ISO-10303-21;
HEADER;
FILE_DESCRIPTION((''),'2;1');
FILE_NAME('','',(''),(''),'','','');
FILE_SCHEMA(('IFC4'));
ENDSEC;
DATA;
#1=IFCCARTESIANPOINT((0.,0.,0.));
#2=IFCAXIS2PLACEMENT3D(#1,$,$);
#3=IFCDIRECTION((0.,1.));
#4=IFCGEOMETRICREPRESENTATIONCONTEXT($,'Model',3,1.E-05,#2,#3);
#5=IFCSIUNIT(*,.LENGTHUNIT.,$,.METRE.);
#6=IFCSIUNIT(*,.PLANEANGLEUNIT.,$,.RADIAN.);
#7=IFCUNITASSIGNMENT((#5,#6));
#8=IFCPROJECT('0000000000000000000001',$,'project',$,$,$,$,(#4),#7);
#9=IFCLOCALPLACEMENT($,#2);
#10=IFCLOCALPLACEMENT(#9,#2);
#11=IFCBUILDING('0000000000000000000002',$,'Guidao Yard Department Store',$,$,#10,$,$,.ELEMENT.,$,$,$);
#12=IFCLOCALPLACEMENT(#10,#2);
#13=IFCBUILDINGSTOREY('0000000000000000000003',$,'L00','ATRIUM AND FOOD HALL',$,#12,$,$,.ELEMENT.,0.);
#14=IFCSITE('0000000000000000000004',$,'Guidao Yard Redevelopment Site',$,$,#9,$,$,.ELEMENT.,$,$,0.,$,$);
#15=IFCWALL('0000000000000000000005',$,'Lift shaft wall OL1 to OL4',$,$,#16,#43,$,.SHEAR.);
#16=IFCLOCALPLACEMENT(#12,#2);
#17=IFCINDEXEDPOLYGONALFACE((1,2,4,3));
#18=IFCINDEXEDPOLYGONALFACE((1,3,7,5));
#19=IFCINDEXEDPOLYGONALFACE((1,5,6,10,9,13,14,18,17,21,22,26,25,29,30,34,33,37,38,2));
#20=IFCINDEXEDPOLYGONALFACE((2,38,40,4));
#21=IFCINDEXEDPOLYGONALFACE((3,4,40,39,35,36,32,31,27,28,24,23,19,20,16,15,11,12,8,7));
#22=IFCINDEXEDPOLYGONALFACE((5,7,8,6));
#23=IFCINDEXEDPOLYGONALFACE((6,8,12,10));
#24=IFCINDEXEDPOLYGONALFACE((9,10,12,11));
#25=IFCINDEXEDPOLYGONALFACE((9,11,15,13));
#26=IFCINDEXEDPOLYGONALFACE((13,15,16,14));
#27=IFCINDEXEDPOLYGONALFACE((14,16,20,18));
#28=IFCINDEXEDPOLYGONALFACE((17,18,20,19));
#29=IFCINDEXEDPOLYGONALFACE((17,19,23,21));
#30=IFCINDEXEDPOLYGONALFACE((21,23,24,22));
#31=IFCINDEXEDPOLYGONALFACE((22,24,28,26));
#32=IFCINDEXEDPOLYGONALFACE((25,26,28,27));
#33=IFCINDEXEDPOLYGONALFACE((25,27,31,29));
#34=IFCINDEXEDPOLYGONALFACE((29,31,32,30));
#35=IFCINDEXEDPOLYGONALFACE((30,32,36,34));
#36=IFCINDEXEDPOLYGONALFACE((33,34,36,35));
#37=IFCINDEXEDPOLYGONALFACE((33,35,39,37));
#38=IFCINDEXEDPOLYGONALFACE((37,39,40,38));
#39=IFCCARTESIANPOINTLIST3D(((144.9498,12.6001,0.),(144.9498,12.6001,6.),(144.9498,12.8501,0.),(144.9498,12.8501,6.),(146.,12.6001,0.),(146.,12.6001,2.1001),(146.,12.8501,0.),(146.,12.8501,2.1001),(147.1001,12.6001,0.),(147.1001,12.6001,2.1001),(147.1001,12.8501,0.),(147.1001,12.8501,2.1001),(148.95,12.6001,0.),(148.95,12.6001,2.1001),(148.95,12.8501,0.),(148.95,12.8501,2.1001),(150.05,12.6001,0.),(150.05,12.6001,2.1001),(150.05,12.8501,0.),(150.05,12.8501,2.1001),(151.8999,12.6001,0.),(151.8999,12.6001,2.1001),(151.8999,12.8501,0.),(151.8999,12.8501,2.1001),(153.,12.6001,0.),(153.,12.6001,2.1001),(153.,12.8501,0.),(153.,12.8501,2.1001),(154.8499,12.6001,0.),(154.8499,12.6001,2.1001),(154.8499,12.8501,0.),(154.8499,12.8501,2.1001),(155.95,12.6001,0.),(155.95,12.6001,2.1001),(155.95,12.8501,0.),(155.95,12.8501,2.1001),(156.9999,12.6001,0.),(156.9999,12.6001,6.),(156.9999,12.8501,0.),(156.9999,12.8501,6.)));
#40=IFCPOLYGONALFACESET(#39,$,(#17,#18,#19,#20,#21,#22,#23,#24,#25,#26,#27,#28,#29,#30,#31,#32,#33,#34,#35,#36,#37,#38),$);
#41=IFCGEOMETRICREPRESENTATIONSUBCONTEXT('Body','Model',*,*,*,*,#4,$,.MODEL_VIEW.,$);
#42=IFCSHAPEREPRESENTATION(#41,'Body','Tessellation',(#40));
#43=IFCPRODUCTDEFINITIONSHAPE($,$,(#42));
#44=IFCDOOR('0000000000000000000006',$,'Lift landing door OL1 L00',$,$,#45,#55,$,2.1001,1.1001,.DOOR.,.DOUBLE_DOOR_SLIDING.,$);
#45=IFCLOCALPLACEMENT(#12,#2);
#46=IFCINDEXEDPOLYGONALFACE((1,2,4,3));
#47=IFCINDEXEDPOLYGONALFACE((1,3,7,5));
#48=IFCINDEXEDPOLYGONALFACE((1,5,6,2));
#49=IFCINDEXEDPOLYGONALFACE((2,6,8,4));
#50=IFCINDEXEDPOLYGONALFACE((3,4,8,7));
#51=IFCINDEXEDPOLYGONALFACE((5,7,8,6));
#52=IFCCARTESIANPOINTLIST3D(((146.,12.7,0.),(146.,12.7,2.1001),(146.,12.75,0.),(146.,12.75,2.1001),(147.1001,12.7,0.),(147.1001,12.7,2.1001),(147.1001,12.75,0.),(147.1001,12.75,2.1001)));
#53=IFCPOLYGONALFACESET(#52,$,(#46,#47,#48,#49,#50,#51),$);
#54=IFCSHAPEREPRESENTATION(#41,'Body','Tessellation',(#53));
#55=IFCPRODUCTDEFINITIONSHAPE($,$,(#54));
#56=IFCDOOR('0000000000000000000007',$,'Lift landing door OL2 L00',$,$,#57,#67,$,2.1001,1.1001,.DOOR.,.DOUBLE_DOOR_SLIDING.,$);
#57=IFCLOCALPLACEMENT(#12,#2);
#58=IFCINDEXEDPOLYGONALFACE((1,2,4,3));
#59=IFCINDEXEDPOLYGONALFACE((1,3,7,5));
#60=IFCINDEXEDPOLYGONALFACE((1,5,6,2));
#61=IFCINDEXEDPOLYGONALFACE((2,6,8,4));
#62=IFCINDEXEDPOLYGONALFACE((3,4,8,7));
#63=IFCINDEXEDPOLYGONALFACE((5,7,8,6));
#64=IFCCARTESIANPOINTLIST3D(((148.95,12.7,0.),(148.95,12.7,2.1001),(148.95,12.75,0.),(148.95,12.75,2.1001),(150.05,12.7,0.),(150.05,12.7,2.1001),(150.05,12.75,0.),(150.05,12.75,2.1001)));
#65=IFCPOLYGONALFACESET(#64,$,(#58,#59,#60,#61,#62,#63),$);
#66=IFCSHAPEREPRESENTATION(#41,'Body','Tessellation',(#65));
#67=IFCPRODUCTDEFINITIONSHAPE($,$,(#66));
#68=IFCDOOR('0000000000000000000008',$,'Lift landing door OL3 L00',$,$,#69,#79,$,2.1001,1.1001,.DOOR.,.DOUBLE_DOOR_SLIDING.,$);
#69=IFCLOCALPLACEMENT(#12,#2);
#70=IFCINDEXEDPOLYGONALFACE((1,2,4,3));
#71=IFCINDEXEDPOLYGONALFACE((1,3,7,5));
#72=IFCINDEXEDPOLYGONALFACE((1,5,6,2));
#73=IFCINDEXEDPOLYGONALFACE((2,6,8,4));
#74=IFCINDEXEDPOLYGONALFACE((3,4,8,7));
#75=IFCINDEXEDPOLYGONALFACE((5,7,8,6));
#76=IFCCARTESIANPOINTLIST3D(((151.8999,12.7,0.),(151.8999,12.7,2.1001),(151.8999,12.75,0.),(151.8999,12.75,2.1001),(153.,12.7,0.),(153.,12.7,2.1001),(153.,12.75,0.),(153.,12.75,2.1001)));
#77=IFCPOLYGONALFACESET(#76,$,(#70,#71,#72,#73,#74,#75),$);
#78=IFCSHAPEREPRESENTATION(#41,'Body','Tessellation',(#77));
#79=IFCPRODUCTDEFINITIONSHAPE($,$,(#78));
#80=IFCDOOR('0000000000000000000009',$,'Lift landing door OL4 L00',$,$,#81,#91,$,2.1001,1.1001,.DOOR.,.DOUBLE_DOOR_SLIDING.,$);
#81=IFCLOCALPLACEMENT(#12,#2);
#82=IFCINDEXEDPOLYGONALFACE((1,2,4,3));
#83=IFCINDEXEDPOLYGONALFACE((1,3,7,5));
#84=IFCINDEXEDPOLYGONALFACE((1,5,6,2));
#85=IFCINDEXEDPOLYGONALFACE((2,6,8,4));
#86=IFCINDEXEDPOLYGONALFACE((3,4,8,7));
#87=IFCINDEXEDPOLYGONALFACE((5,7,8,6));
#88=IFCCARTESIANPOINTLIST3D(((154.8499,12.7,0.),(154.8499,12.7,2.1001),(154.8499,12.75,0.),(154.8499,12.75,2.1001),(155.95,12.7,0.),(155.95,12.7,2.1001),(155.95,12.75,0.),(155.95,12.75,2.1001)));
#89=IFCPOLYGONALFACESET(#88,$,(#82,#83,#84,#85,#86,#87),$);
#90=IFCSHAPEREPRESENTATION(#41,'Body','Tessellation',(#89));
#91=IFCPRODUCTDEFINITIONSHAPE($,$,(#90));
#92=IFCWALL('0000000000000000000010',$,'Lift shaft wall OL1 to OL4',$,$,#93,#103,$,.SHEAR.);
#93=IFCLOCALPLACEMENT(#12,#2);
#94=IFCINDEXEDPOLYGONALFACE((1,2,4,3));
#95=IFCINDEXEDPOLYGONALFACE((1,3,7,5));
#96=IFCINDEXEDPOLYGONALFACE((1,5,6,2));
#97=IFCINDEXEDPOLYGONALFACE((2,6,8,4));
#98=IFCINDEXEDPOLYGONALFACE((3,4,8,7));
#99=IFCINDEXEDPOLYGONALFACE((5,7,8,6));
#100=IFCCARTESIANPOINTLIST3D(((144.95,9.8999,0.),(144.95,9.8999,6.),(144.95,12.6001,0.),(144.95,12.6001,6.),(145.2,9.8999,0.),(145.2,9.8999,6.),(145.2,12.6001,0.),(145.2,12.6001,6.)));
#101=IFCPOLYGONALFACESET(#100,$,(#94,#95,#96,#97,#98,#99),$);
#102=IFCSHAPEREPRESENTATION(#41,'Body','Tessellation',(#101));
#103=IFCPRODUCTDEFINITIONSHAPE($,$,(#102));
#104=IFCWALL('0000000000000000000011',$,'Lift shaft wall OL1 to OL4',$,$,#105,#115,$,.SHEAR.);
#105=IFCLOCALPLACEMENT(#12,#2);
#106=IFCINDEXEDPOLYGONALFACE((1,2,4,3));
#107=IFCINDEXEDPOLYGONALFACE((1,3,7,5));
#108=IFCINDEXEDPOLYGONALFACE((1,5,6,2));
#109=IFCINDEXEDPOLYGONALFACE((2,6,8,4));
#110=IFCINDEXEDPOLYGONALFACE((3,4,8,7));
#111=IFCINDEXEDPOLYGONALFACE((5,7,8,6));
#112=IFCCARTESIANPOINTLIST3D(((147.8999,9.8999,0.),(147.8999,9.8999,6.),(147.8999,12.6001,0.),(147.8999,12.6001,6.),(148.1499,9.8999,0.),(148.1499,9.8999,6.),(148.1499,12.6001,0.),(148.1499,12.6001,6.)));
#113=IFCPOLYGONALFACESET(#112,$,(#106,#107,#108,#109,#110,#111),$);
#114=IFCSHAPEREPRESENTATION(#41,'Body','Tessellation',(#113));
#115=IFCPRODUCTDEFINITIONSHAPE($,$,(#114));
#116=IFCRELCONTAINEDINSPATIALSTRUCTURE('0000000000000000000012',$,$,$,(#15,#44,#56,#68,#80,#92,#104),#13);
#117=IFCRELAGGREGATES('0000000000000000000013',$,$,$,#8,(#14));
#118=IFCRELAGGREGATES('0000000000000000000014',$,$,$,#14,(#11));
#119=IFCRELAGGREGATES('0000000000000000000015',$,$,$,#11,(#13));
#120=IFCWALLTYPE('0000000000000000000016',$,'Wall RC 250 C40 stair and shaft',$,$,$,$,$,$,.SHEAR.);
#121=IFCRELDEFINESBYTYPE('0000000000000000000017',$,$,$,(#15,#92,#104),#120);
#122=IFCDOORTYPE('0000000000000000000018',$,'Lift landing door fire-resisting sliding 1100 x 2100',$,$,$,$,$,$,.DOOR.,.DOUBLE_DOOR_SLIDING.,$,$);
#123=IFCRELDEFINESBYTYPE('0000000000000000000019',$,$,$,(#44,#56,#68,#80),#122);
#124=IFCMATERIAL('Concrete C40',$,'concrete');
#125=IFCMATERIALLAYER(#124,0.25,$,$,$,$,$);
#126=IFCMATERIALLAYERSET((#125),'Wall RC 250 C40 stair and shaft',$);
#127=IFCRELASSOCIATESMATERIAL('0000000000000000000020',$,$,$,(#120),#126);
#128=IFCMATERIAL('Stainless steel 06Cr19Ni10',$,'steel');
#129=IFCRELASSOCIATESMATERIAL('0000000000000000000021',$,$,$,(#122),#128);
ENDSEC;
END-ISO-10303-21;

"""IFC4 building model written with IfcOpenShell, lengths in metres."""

from ifc_helpers import new_model, si_unit, direction, frame, frame_2d, origin, place, context, subcontext, project, spatial, rectangle, extrude, material, layer, layer_set, type_object, element, fill, save


model = new_model("IFC4")

# Units and contexts
model_context = context("Model", 3, precision=1e-05, world=origin(), true_north=direction((0.0, 1.0)))
body_context = subcontext(model_context, "Body", "Model", "MODEL_VIEW")
ifc_project = project(units=[si_unit("LENGTHUNIT", "METRE"), si_unit("PLANEANGLEUNIT", "RADIAN")], contexts=[model_context])

# Site, building, storey
site_placement = place(None, origin())
site = spatial("IfcSite", under=ifc_project, at=site_placement, Name="Guidao Yard Redevelopment Site", CompositionType="ELEMENT", RefElevation=0.0)
building_placement = place(site_placement, origin())
building = spatial("IfcBuilding", under=site, at=building_placement, Name="Guidao Yard Department Store", CompositionType="ELEMENT")
storey_placement = place(building_placement, origin())
storey = spatial("IfcBuildingStorey", under=building, at=storey_placement, Name="L00", Description="ATRIUM AND FOOD HALL", CompositionType="ELEMENT", Elevation=0.0)

# Wall, openings, doors
ifc_material_1 = material(Name="Concrete C40", Category="concrete")
ifc_layer_1 = layer(ifc_material_1, 0.25)
ifc_layer_set_1 = layer_set([ifc_layer_1], Name="Wall RC 250 C40 stair and shaft")
wall_type_1 = type_object("IfcWallType", Name="Wall RC 250 C40 stair and shaft", PredefinedType="SHEAR", material=ifc_layer_set_1)
wall_1_placement = place(storey_placement, frame((144.95, 12.7251, 0.0), z_axis=(0.0, 0.0, 1.0), x_axis=(1.0, 0.0, 0.0)))
wall_1 = element("IfcWall", 1, at=wall_1_placement, inside=storey, type_object=wall_type_1, Name="Lift shaft wall OL1 to OL4", PredefinedType="SHEAR", context=body_context, shape_type="SweptSolid", body=[
    extrude(rectangle(XDim=12.05, YDim=0.25, at=frame_2d((6.0249, 0.0))), origin(), (0.0, 0.0, 1.0), 6.0),
])
opening_1_placement = place(wall_1_placement, frame((1.05, 0.0, 0.0)))
opening_1 = element("IfcOpeningElement", 2, at=opening_1_placement, cuts=wall_1, PredefinedType="OPENING", context=body_context, shape_type="SweptSolid", body=[
    extrude(rectangle(XDim=1.1001, YDim=2.1001, at=frame_2d((0.55, 1.05))), frame((0.0, 0.135, 0.0), z_axis=(0.0, -1.0, 0.0), x_axis=(1.0, 0.0, 0.0)), (0.0, 0.0, 1.0), 0.27),
])
opening_2_placement = place(wall_1_placement, frame((4.0, 0.0, 0.0)))
opening_2 = element("IfcOpeningElement", 3, at=opening_2_placement, cuts=wall_1, PredefinedType="OPENING", context=body_context, shape_type="SweptSolid", body=[
    extrude(rectangle(XDim=1.1001, YDim=2.1001, at=frame_2d((0.55, 1.05))), frame((0.0, 0.135, 0.0), z_axis=(0.0, -1.0, 0.0), x_axis=(1.0, 0.0, 0.0)), (0.0, 0.0, 1.0), 0.27),
])
opening_3_placement = place(wall_1_placement, frame((6.95, 0.0, 0.0)))
opening_3 = element("IfcOpeningElement", 4, at=opening_3_placement, cuts=wall_1, PredefinedType="OPENING", context=body_context, shape_type="SweptSolid", body=[
    extrude(rectangle(XDim=1.1001, YDim=2.1001, at=frame_2d((0.55, 1.05))), frame((0.0, 0.135, 0.0), z_axis=(0.0, -1.0, 0.0), x_axis=(1.0, 0.0, 0.0)), (0.0, 0.0, 1.0), 0.27),
])
opening_4_placement = place(wall_1_placement, frame((9.8999, 0.0, 0.0)))
opening_4 = element("IfcOpeningElement", 5, at=opening_4_placement, cuts=wall_1, PredefinedType="OPENING", context=body_context, shape_type="SweptSolid", body=[
    extrude(rectangle(XDim=1.1001, YDim=2.1001, at=frame_2d((0.55, 1.05))), frame((0.0, 0.135, 0.0), z_axis=(0.0, -1.0, 0.0), x_axis=(1.0, 0.0, 0.0)), (0.0, 0.0, 1.0), 0.27),
])
ifc_material_2 = material(Name="Stainless steel 06Cr19Ni10", Category="steel")
door_type_1 = type_object("IfcDoorType", Name="Lift landing door fire-resisting sliding 1100 x 2100", OperationType="DOUBLE_DOOR_SLIDING", PredefinedType="DOOR", material=ifc_material_2)
door_1_placement = place(opening_1_placement, origin())
door_1 = element("IfcDoor", 6, at=door_1_placement, inside=storey, type_object=door_type_1, Name="Lift landing door OL1 L00", OperationType="DOUBLE_DOOR_SLIDING", OverallHeight=2.1001, OverallWidth=1.1001, PredefinedType="DOOR", context=body_context, shape_type="SweptSolid", body=[
    extrude(rectangle(XDim=1.1001, YDim=2.1001, at=frame_2d((0.55, 1.05))), frame((0.0, 0.0249, 0.0), z_axis=(0.0, -1.0, 0.0), x_axis=(1.0, 0.0, 0.0)), (0.0, 0.0, 1.0), 0.05),
])
fill(opening_1, door_1)
door_2_placement = place(opening_2_placement, origin())
door_2 = element("IfcDoor", 7, at=door_2_placement, inside=storey, type_object=door_type_1, Name="Lift landing door OL2 L00", OperationType="DOUBLE_DOOR_SLIDING", OverallHeight=2.1001, OverallWidth=1.1001, PredefinedType="DOOR", context=body_context, shape_type="SweptSolid", body=[
    extrude(rectangle(XDim=1.1001, YDim=2.1001, at=frame_2d((0.55, 1.05))), frame((0.0, 0.0249, 0.0), z_axis=(0.0, -1.0, 0.0), x_axis=(1.0, 0.0, 0.0)), (0.0, 0.0, 1.0), 0.05),
])
fill(opening_2, door_2)
door_3_placement = place(opening_3_placement, origin())
door_3 = element("IfcDoor", 8, at=door_3_placement, inside=storey, type_object=door_type_1, Name="Lift landing door OL3 L00", OperationType="DOUBLE_DOOR_SLIDING", OverallHeight=2.1001, OverallWidth=1.1001, PredefinedType="DOOR", context=body_context, shape_type="SweptSolid", body=[
    extrude(rectangle(XDim=1.1001, YDim=2.1001, at=frame_2d((0.55, 1.05))), frame((0.0, 0.0249, 0.0), z_axis=(0.0, -1.0, 0.0), x_axis=(1.0, 0.0, 0.0)), (0.0, 0.0, 1.0), 0.05),
])
fill(opening_3, door_3)
door_4_placement = place(opening_4_placement, origin())
door_4 = element("IfcDoor", 9, at=door_4_placement, inside=storey, type_object=door_type_1, Name="Lift landing door OL4 L00", OperationType="DOUBLE_DOOR_SLIDING", OverallHeight=2.1001, OverallWidth=1.1001, PredefinedType="DOOR", context=body_context, shape_type="SweptSolid", body=[
    extrude(rectangle(XDim=1.1001, YDim=2.1001, at=frame_2d((0.55, 1.05))), frame((0.0, 0.0249, 0.0), z_axis=(0.0, -1.0, 0.0), x_axis=(1.0, 0.0, 0.0)), (0.0, 0.0, 1.0), 0.05),
])
fill(opening_4, door_4)

# Walls
for number, where, z_axis, x_axis, name in (
    (10, (145.075, 9.8999, 0.0), (0.0, 0.0, 1.0), (0.0, 1.0, 0.0), "Lift shaft wall OL1 to OL4"),
    (11, (148.0249, 9.8999, 0.0), (0.0, 0.0, 1.0), (0.0, 1.0, 0.0), "Lift shaft wall OL1 to OL4"),
):
    element("IfcWall", number, at=place(storey_placement, frame(where, z_axis=z_axis, x_axis=x_axis)), inside=storey, type_object=wall_type_1, Name=name, PredefinedType="SHEAR", context=body_context, shape_type="SweptSolid", body=[
        extrude(rectangle(XDim=2.7002, YDim=0.25, at=frame_2d((1.3501, 0.0))), origin(), (0.0, 0.0, 1.0), 6.0),
    ])

save(model, "model.ifc")
